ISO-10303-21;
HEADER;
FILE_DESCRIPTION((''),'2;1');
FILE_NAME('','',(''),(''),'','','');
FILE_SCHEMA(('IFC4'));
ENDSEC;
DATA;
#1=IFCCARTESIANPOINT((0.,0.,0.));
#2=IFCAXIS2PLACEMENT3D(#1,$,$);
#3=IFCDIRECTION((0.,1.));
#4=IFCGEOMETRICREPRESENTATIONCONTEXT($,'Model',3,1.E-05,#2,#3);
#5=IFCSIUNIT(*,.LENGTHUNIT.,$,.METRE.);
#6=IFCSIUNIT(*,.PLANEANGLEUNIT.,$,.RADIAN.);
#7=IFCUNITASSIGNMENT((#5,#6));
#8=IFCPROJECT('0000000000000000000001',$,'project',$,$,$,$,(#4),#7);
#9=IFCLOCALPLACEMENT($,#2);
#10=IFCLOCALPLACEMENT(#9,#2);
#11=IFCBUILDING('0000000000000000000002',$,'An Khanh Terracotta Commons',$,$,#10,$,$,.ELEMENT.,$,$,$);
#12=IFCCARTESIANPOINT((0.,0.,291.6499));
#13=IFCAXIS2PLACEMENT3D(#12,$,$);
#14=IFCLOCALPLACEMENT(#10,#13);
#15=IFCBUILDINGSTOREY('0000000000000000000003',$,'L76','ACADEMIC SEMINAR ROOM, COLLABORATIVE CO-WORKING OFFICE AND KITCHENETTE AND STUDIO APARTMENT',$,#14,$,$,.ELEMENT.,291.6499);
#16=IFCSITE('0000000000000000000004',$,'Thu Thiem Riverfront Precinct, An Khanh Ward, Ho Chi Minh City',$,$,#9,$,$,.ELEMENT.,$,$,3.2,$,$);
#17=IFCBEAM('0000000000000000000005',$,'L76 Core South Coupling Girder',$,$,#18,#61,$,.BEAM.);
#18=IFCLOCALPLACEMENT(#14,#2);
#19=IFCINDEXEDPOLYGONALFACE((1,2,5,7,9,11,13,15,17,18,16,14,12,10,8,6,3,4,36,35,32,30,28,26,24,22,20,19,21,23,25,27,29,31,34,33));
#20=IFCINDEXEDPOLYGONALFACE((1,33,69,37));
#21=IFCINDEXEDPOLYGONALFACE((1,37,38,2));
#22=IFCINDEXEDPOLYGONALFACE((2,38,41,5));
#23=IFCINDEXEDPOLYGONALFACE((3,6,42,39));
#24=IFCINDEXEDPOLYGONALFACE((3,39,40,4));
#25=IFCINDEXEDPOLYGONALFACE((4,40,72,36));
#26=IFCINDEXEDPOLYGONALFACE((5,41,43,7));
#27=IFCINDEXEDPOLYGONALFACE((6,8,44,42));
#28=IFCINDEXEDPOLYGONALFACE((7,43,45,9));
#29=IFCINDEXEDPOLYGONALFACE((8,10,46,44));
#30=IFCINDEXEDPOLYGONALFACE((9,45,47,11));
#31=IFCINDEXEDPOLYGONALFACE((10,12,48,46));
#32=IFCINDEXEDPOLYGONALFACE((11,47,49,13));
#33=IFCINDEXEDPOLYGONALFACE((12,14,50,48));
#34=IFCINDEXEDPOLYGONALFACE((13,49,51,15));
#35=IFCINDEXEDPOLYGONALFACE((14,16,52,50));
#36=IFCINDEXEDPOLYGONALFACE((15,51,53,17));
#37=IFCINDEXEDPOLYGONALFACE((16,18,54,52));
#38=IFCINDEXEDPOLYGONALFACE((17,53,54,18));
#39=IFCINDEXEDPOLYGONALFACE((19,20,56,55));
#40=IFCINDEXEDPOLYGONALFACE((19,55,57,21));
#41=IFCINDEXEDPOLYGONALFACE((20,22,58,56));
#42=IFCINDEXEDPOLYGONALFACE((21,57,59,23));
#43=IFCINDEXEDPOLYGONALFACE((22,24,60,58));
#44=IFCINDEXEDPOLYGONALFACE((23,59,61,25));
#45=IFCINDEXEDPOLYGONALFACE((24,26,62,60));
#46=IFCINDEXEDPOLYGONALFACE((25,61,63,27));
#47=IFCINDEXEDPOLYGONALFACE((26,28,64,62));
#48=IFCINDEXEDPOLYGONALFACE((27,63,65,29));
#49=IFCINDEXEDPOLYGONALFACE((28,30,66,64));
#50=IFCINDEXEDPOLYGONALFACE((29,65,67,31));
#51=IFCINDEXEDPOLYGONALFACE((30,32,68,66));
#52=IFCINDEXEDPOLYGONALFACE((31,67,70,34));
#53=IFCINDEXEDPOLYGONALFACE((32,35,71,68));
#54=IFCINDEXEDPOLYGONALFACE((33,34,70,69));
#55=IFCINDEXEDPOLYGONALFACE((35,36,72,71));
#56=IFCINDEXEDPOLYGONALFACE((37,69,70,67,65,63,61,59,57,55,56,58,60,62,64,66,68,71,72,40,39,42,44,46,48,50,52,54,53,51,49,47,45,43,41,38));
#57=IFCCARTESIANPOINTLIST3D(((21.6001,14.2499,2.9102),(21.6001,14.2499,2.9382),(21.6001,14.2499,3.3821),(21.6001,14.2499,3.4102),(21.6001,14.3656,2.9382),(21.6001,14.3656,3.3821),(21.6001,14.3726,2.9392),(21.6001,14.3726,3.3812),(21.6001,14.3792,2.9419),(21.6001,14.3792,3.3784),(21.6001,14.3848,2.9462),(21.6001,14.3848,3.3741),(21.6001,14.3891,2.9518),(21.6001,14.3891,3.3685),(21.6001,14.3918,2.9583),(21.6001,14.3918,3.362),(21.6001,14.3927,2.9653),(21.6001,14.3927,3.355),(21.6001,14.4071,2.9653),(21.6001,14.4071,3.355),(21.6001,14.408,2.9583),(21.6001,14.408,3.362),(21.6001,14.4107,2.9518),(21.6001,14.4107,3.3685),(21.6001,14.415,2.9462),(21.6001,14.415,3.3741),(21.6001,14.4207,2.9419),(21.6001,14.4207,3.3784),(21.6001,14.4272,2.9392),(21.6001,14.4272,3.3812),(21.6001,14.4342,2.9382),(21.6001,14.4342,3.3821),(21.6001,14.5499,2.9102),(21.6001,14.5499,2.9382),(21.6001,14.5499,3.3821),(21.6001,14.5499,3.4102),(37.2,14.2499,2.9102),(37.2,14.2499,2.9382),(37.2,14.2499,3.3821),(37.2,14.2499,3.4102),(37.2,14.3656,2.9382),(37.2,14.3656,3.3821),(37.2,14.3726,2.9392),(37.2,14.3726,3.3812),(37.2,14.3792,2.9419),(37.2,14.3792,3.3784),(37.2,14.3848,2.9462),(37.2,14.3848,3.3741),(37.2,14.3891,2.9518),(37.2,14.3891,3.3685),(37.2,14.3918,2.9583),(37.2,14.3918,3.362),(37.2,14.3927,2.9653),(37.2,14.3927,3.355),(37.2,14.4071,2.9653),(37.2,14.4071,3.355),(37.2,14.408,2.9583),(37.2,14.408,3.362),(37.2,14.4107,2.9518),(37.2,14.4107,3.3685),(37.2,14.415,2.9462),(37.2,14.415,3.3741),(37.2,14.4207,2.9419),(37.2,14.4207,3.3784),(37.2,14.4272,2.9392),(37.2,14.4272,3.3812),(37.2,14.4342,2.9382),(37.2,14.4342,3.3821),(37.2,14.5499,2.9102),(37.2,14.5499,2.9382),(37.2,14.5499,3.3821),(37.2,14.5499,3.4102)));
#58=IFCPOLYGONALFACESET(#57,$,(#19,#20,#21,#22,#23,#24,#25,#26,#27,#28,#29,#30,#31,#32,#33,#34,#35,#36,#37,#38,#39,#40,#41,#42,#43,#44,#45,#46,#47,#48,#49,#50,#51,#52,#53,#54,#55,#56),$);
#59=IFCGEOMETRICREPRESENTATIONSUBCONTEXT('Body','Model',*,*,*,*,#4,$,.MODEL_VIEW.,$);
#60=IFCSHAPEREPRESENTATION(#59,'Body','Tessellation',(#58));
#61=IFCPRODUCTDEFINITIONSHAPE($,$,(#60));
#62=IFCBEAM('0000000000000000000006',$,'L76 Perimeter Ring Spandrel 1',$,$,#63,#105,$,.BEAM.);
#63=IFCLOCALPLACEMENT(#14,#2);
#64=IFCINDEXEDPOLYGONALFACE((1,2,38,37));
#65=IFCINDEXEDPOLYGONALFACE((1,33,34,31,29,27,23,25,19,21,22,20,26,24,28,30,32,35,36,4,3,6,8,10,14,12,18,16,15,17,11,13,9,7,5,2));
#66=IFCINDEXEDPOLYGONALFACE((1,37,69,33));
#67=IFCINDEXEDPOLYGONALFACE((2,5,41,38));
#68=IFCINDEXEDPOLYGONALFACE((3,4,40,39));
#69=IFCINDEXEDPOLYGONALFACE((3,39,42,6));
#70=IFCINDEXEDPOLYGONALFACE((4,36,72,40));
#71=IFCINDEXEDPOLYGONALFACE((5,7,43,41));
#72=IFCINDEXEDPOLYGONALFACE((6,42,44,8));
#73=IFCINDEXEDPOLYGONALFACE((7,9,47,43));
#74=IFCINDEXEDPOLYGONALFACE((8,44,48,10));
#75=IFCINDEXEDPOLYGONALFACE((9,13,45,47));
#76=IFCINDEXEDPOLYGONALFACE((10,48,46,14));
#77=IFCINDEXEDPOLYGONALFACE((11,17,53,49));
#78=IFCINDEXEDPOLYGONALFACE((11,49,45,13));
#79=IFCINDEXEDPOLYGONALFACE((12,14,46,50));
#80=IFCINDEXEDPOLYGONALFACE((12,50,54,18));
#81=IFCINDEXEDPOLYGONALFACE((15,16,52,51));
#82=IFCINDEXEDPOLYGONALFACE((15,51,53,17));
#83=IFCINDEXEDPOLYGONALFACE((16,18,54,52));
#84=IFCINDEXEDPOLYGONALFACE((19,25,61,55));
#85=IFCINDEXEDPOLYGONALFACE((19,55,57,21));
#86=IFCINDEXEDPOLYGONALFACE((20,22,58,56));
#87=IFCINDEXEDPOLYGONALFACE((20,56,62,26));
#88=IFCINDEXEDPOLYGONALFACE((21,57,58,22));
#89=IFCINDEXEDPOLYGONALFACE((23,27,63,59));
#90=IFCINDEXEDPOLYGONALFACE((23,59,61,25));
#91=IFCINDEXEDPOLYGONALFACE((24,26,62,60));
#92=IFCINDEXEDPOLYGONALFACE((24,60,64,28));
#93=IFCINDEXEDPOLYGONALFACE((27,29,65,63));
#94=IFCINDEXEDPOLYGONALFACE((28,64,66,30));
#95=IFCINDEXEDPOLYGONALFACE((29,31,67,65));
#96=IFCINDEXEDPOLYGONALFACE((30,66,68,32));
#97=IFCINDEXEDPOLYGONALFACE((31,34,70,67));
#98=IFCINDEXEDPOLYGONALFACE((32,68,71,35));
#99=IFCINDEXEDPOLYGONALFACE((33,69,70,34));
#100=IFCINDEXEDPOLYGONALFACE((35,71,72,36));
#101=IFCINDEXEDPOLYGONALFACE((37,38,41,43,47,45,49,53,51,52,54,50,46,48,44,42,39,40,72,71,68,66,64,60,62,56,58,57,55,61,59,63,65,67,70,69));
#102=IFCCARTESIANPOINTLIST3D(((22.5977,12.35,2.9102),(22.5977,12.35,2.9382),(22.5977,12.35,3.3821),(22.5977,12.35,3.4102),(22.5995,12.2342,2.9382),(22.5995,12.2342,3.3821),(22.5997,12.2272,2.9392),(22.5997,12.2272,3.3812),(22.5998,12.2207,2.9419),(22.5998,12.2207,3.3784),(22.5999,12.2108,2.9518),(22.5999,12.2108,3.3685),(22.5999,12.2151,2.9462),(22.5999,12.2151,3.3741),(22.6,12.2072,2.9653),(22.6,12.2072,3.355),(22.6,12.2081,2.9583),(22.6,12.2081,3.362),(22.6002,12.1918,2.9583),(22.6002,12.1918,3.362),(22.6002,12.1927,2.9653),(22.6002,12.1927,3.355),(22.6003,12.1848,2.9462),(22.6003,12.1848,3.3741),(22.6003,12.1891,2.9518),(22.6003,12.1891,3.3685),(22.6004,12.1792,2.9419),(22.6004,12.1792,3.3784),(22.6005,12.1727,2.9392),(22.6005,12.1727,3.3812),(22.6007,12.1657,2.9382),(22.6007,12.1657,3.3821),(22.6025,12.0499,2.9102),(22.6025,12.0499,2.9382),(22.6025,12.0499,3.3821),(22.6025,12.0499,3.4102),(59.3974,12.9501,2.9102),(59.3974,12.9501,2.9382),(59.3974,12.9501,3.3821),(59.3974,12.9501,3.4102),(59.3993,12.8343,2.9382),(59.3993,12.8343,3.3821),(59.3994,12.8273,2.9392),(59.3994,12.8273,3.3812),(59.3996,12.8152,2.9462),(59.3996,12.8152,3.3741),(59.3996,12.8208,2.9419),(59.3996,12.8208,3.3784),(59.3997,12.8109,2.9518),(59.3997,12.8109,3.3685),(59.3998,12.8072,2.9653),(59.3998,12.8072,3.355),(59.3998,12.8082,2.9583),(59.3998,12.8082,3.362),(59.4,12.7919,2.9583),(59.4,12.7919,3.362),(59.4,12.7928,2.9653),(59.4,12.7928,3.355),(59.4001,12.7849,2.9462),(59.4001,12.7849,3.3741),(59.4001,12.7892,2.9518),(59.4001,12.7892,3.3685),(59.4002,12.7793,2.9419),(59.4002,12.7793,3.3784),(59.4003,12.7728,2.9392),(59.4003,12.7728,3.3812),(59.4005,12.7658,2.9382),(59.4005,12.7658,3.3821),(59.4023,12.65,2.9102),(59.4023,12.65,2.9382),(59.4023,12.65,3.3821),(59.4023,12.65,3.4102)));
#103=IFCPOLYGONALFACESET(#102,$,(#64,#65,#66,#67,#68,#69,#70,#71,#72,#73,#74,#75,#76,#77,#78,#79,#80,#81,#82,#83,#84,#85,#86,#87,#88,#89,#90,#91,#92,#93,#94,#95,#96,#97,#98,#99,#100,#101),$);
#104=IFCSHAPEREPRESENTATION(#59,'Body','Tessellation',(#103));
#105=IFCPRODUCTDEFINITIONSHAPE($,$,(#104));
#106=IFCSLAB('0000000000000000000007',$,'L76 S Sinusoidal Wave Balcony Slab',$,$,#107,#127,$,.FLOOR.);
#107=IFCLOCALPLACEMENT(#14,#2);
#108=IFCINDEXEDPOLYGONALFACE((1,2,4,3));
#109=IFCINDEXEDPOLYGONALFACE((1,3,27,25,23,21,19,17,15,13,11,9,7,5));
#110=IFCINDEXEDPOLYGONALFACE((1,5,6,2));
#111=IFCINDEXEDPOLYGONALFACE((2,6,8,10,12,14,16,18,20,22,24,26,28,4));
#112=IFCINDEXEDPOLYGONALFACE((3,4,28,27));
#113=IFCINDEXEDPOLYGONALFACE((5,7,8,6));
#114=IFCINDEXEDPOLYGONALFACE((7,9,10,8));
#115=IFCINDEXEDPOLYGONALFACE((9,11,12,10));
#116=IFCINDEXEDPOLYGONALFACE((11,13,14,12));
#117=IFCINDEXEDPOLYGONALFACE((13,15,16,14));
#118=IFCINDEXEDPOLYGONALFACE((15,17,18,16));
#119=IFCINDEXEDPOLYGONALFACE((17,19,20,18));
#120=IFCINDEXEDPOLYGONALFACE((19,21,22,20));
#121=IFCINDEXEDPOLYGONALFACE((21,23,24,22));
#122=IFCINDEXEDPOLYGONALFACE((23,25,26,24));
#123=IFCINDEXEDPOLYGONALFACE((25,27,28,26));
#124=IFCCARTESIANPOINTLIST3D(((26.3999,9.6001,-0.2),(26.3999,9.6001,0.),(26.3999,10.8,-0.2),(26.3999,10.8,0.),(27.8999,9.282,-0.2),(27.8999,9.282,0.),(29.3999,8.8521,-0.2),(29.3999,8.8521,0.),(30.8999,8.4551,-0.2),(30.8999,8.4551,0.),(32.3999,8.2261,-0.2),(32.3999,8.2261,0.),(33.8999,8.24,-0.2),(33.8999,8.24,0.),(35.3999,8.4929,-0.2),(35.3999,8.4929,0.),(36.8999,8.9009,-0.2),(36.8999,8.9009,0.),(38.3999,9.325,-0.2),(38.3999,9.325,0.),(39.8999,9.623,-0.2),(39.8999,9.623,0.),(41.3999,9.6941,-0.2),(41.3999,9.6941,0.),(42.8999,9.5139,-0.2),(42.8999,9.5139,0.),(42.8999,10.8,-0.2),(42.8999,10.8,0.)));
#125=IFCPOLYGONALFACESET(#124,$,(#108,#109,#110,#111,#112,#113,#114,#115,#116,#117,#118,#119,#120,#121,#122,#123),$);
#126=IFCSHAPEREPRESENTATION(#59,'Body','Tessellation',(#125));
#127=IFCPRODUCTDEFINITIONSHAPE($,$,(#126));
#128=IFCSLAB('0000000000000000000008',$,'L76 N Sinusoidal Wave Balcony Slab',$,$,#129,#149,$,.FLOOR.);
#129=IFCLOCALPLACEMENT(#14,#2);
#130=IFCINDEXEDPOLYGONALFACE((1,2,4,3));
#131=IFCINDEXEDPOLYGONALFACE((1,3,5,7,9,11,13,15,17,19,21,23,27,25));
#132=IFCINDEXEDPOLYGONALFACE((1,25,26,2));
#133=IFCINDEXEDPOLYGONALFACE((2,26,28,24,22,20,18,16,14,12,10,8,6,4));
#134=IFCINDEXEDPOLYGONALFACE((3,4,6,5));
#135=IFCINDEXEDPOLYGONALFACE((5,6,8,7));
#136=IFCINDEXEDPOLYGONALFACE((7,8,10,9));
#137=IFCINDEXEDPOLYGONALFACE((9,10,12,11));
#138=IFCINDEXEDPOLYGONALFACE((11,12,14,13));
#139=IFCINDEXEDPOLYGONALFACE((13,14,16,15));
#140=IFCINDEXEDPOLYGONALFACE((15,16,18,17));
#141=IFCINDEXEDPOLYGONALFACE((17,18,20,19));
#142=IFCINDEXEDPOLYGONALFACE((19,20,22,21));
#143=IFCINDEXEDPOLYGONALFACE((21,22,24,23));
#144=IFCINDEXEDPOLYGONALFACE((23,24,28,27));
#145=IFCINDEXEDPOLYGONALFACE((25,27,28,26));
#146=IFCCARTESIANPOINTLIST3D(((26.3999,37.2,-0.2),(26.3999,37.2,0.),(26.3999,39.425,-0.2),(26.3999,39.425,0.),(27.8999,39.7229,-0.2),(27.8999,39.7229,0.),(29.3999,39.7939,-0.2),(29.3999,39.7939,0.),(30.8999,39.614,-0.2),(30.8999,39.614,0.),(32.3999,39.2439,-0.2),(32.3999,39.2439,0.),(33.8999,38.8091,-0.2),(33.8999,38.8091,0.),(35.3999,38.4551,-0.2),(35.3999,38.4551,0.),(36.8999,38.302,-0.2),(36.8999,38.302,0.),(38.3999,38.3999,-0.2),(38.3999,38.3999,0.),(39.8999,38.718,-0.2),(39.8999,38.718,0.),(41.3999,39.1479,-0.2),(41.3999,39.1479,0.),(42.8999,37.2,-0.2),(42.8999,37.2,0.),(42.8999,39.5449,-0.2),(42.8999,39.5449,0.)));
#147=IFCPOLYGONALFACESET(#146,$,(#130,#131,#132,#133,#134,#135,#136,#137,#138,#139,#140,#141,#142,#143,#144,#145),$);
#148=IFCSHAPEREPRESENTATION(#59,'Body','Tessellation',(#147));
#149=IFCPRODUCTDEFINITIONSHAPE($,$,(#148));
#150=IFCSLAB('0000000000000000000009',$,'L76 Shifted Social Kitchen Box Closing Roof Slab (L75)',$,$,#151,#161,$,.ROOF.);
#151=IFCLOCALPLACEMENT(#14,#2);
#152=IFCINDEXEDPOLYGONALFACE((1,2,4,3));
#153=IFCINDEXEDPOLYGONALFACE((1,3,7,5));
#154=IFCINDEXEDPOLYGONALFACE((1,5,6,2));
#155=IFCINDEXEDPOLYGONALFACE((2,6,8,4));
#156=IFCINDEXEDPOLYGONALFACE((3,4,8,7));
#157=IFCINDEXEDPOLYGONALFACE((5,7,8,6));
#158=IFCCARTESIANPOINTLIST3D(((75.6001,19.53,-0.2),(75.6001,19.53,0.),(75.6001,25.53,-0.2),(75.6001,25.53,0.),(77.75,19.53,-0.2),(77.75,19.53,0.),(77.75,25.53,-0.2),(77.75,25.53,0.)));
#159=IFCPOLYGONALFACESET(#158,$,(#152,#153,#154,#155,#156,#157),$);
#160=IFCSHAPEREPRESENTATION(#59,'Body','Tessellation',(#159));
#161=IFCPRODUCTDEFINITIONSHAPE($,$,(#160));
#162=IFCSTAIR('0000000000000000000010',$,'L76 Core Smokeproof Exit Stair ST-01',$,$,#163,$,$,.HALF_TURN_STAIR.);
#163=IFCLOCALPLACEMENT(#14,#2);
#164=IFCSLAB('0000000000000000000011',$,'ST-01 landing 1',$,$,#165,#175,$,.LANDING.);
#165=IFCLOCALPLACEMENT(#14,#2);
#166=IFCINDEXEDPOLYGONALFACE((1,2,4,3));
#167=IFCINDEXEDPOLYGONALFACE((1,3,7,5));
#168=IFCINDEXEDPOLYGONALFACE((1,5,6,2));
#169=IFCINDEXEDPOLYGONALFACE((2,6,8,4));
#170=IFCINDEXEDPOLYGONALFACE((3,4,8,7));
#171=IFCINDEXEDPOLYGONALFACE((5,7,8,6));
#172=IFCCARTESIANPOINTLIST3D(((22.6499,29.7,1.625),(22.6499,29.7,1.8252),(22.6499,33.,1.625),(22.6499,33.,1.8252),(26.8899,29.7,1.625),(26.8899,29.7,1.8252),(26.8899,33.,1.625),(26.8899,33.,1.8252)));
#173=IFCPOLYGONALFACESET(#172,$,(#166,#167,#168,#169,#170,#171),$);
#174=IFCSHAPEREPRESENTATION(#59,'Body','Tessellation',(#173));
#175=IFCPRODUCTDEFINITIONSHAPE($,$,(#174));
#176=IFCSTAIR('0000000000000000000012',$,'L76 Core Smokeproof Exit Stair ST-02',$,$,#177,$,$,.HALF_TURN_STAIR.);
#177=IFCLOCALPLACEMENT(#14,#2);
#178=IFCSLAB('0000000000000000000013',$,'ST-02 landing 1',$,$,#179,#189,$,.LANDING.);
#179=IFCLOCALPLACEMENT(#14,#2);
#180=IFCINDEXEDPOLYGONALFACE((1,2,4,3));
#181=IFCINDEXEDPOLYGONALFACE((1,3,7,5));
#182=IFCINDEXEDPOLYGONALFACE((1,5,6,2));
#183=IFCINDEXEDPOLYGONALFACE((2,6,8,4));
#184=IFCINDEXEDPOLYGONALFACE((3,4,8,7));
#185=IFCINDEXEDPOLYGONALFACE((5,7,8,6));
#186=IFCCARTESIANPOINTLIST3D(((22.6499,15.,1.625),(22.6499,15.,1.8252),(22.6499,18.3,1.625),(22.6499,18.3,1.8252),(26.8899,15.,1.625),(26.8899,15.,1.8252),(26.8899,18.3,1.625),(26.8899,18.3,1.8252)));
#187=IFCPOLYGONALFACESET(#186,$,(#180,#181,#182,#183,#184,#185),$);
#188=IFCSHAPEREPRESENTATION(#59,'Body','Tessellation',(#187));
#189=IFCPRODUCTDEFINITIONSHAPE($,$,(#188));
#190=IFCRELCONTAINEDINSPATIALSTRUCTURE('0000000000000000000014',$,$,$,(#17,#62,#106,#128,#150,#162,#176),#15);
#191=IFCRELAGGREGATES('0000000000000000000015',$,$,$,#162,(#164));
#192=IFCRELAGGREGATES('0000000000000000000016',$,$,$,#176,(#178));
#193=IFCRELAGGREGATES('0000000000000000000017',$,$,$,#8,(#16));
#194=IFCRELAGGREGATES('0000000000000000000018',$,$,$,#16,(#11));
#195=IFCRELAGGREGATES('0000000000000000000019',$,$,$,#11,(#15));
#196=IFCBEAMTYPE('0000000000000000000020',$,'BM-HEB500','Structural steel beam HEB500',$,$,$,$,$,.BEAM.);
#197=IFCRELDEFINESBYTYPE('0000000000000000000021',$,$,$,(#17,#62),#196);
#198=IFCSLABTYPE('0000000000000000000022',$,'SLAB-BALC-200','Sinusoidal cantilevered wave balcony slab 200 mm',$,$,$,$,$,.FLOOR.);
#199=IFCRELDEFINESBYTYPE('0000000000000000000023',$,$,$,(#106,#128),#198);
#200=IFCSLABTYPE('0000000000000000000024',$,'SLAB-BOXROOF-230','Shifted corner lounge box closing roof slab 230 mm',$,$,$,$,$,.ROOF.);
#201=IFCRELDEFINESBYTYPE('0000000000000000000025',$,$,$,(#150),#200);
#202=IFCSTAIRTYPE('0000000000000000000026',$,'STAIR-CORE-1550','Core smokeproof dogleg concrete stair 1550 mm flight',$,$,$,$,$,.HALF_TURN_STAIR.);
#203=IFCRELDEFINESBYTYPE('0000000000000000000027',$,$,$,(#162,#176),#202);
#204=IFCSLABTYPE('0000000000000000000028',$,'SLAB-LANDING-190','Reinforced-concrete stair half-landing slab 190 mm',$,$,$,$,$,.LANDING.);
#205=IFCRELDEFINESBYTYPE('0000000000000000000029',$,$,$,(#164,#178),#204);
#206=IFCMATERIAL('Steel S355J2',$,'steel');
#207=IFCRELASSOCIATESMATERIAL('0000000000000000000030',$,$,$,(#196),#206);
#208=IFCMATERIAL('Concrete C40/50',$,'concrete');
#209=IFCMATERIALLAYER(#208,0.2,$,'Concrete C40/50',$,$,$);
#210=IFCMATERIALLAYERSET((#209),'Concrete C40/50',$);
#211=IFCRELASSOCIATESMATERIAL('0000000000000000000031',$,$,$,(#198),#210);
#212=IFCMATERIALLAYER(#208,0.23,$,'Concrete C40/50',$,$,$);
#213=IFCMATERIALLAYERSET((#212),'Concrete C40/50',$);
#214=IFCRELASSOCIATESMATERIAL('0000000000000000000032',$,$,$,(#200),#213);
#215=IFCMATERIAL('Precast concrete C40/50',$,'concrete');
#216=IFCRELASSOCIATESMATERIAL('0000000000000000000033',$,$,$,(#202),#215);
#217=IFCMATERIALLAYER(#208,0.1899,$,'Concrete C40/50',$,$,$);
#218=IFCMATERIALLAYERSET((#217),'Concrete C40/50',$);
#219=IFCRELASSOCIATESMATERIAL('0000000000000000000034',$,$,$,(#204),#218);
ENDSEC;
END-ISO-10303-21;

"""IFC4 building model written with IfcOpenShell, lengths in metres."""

from ifc_helpers import new_model, si_unit, direction, frame, origin, origin_2d, place, context, subcontext, project, spatial, polyline, i_section, outline, extrude, material, layer, layer_set, material_profile, profile_set, type_object, element, aggregate, save


model = new_model("IFC4")

# Units and contexts
model_context = context("Model", 3, precision=1e-05, world=origin(), true_north=direction((0.0, 1.0)))
body_context = subcontext(model_context, "Body", "Model", "MODEL_VIEW")
ifc_project = project(units=[si_unit("LENGTHUNIT", "METRE"), si_unit("PLANEANGLEUNIT", "RADIAN")], contexts=[model_context])

# Site, building, storey
site_placement = place(None, origin())
site = spatial("IfcSite", under=ifc_project, at=site_placement, Name="Thu Thiem Riverfront Precinct, An Khanh Ward, Ho Chi Minh City", CompositionType="ELEMENT", RefElevation=3.2)
building_placement = place(site_placement, origin())
building = spatial("IfcBuilding", under=site, at=building_placement, Name="An Khanh Terracotta Commons", CompositionType="ELEMENT")
storey_placement = place(building_placement, frame((0.0, 0.0, 291.6499)))
storey = spatial("IfcBuildingStorey", under=building, at=storey_placement, Name="L76", Description="ACADEMIC SEMINAR ROOM, COLLABORATIVE CO-WORKING OFFICE AND KITCHENETTE AND STUDIO APARTMENT", CompositionType="ELEMENT", Elevation=291.6499)

# Beams
ifc_material_1 = material(Name="Steel S355J2", Category="steel")
ifc_material_profile_1 = material_profile(ifc_material_1, i_section(OverallWidth=0.3, OverallDepth=0.5, WebThickness=0.0144, FlangeThickness=0.0281, FilletRadius=0.0271, at=origin_2d()), Name="HEB500")
ifc_profile_set_1 = profile_set([ifc_material_profile_1], Name="Steel S355J2")
beam_type_1 = type_object("IfcBeamType", Name="BM-HEB500", Description="Structural steel beam HEB500", PredefinedType="BEAM", material=ifc_profile_set_1)
beam_1_placement = place(storey_placement, frame((21.6001, 14.3999, 3.1602), z_axis=(1.0, 0.0, 0.0), x_axis=(0.0, 1.0, 0.0)))
element("IfcBeam", 1, at=beam_1_placement, inside=storey, type_object=beam_type_1, Name="L76 Core South Coupling Girder", PredefinedType="BEAM", context=body_context, shape_type="SweptSolid", body=[
    extrude(i_section(OverallWidth=0.3, OverallDepth=0.5, WebThickness=0.0144, FlangeThickness=0.0281, FilletRadius=0.0271, at=origin_2d()), origin(), (0.0, 0.0, 1.0), 15.5999),
])
beam_2_placement = place(storey_placement, frame((22.6001, 12.2, 3.1602), z_axis=(0.999867, 0.016305, 0.0), x_axis=(-0.016305, 0.999867, 0.0)))
element("IfcBeam", 2, at=beam_2_placement, inside=storey, type_object=beam_type_1, Name="L76 Perimeter Ring Spandrel 1", PredefinedType="BEAM", context=body_context, shape_type="SweptSolid", body=[
    extrude(i_section(OverallWidth=0.3, OverallDepth=0.5, WebThickness=0.0144, FlangeThickness=0.0281, FilletRadius=0.0271, at=origin_2d()), origin(), (0.0, 0.0, 1.0), 36.8047),
])

# Slabs
ifc_material_2 = material(Name="Concrete C40/50", Category="concrete")
ifc_layer_1 = layer(ifc_material_2, 0.2, Name="Concrete C40/50")
ifc_layer_set_1 = layer_set([ifc_layer_1], Name="Concrete C40/50")
slab_type_1 = type_object("IfcSlabType", Name="SLAB-BALC-200", Description="Sinusoidal cantilevered wave balcony slab 200 mm", PredefinedType="FLOOR", material=ifc_layer_set_1)
slab_1_placement = place(storey_placement, frame((0.0, 0.0, -0.2)))
element("IfcSlab", 3, at=slab_1_placement, inside=storey, type_object=slab_type_1, Name="L76 S Sinusoidal Wave Balcony Slab", PredefinedType="FLOOR", context=body_context, shape_type="SweptSolid", body=[
    extrude(outline(polyline([(26.3999, 10.8), (26.3999, 9.6001), (27.8999, 9.282), (29.3999, 8.8521), (30.8999, 8.4551), (32.3999, 8.2261), (33.8999, 8.24), (35.3999, 8.4929), (36.8999, 8.9009), (38.3999, 9.325), (39.8999, 9.623), (41.3999, 9.6941), (42.8999, 9.5139), (42.8999, 10.8), (26.3999, 10.8)])), origin(), (0.0, 0.0, 1.0), 0.2),
])
slab_2_placement = place(storey_placement, frame((0.0, 0.0, -0.2)))
element("IfcSlab", 4, at=slab_2_placement, inside=storey, type_object=slab_type_1, Name="L76 N Sinusoidal Wave Balcony Slab", PredefinedType="FLOOR", context=body_context, shape_type="SweptSolid", body=[
    extrude(outline(polyline([(42.8999, 37.2), (42.8999, 39.5449), (41.3999, 39.1479), (39.8999, 38.718), (38.3999, 38.3999), (36.8999, 38.302), (35.3999, 38.4551), (33.8999, 38.8091), (32.3999, 39.2439), (30.8999, 39.614), (29.3999, 39.7939), (27.8999, 39.7229), (26.3999, 39.425), (26.3999, 37.2), (42.8999, 37.2)])), origin(), (0.0, 0.0, 1.0), 0.2),
])
ifc_layer_2 = layer(ifc_material_2, 0.23, Name="Concrete C40/50")
ifc_layer_set_2 = layer_set([ifc_layer_2], Name="Concrete C40/50")
slab_type_2 = type_object("IfcSlabType", Name="SLAB-BOXROOF-230", Description="Shifted corner lounge box closing roof slab 230 mm", PredefinedType="ROOF", material=ifc_layer_set_2)
slab_3_placement = place(storey_placement, frame((0.0, 0.0, -0.2)))
element("IfcSlab", 5, at=slab_3_placement, inside=storey, type_object=slab_type_2, Name="L76 Shifted Social Kitchen Box Closing Roof Slab (L75)", PredefinedType="ROOF", context=body_context, shape_type="SweptSolid", body=[
    extrude(outline(polyline([(75.6001, 19.53), (77.75, 19.53), (77.75, 25.53), (75.6001, 25.53), (75.6001, 19.53)])), origin(), (0.0, 0.0, 1.0), 0.2),
])

# Stairs, slabs
ifc_material_3 = material(Name="Precast concrete C40/50", Category="concrete")
stair_type = type_object("IfcStairType", Name="STAIR-CORE-1550", Description="Core smokeproof dogleg concrete stair 1550 mm flight", PredefinedType="HALF_TURN_STAIR", material=ifc_material_3)
stair_1_placement = place(storey_placement, origin())
stair_1 = element("IfcStair", 6, at=stair_1_placement, inside=storey, type_object=stair_type, Name="L76 Core Smokeproof Exit Stair ST-01", PredefinedType="HALF_TURN_STAIR")
ifc_layer_3 = layer(ifc_material_2, 0.1899, Name="Concrete C40/50")
ifc_layer_set_3 = layer_set([ifc_layer_3], Name="Concrete C40/50")
slab_type_3 = type_object("IfcSlabType", Name="SLAB-LANDING-190", Description="Reinforced-concrete stair half-landing slab 190 mm", PredefinedType="LANDING", material=ifc_layer_set_3)
slab_4_placement = place(storey_placement, frame((0.0, 0.0, 1.625)))
slab_4 = element("IfcSlab", 7, at=slab_4_placement, type_object=slab_type_3, Name="ST-01 landing 1", PredefinedType="LANDING", context=body_context, shape_type="SweptSolid", body=[
    extrude(outline(polyline([(26.8899, 33.0), (22.6499, 33.0), (22.6499, 29.7), (26.8899, 29.7), (26.8899, 33.0)])), origin(), (0.0, 0.0, 1.0), 0.2002),
])
aggregate(stair_1, [slab_4])
stair_2_placement = place(storey_placement, origin())
stair_2 = element("IfcStair", 8, at=stair_2_placement, inside=storey, type_object=stair_type, Name="L76 Core Smokeproof Exit Stair ST-02", PredefinedType="HALF_TURN_STAIR")
slab_5_placement = place(storey_placement, frame((0.0, 0.0, 1.625)))
slab_5 = element("IfcSlab", 9, at=slab_5_placement, type_object=slab_type_3, Name="ST-02 landing 1", PredefinedType="LANDING", context=body_context, shape_type="SweptSolid", body=[
    extrude(outline(polyline([(26.8899, 18.3), (22.6499, 18.3), (22.6499, 15.0), (26.8899, 15.0), (26.8899, 18.3)])), origin(), (0.0, 0.0, 1.0), 0.2002),
])

aggregate(stair_2, [slab_5])

save(model, "model.ifc")
